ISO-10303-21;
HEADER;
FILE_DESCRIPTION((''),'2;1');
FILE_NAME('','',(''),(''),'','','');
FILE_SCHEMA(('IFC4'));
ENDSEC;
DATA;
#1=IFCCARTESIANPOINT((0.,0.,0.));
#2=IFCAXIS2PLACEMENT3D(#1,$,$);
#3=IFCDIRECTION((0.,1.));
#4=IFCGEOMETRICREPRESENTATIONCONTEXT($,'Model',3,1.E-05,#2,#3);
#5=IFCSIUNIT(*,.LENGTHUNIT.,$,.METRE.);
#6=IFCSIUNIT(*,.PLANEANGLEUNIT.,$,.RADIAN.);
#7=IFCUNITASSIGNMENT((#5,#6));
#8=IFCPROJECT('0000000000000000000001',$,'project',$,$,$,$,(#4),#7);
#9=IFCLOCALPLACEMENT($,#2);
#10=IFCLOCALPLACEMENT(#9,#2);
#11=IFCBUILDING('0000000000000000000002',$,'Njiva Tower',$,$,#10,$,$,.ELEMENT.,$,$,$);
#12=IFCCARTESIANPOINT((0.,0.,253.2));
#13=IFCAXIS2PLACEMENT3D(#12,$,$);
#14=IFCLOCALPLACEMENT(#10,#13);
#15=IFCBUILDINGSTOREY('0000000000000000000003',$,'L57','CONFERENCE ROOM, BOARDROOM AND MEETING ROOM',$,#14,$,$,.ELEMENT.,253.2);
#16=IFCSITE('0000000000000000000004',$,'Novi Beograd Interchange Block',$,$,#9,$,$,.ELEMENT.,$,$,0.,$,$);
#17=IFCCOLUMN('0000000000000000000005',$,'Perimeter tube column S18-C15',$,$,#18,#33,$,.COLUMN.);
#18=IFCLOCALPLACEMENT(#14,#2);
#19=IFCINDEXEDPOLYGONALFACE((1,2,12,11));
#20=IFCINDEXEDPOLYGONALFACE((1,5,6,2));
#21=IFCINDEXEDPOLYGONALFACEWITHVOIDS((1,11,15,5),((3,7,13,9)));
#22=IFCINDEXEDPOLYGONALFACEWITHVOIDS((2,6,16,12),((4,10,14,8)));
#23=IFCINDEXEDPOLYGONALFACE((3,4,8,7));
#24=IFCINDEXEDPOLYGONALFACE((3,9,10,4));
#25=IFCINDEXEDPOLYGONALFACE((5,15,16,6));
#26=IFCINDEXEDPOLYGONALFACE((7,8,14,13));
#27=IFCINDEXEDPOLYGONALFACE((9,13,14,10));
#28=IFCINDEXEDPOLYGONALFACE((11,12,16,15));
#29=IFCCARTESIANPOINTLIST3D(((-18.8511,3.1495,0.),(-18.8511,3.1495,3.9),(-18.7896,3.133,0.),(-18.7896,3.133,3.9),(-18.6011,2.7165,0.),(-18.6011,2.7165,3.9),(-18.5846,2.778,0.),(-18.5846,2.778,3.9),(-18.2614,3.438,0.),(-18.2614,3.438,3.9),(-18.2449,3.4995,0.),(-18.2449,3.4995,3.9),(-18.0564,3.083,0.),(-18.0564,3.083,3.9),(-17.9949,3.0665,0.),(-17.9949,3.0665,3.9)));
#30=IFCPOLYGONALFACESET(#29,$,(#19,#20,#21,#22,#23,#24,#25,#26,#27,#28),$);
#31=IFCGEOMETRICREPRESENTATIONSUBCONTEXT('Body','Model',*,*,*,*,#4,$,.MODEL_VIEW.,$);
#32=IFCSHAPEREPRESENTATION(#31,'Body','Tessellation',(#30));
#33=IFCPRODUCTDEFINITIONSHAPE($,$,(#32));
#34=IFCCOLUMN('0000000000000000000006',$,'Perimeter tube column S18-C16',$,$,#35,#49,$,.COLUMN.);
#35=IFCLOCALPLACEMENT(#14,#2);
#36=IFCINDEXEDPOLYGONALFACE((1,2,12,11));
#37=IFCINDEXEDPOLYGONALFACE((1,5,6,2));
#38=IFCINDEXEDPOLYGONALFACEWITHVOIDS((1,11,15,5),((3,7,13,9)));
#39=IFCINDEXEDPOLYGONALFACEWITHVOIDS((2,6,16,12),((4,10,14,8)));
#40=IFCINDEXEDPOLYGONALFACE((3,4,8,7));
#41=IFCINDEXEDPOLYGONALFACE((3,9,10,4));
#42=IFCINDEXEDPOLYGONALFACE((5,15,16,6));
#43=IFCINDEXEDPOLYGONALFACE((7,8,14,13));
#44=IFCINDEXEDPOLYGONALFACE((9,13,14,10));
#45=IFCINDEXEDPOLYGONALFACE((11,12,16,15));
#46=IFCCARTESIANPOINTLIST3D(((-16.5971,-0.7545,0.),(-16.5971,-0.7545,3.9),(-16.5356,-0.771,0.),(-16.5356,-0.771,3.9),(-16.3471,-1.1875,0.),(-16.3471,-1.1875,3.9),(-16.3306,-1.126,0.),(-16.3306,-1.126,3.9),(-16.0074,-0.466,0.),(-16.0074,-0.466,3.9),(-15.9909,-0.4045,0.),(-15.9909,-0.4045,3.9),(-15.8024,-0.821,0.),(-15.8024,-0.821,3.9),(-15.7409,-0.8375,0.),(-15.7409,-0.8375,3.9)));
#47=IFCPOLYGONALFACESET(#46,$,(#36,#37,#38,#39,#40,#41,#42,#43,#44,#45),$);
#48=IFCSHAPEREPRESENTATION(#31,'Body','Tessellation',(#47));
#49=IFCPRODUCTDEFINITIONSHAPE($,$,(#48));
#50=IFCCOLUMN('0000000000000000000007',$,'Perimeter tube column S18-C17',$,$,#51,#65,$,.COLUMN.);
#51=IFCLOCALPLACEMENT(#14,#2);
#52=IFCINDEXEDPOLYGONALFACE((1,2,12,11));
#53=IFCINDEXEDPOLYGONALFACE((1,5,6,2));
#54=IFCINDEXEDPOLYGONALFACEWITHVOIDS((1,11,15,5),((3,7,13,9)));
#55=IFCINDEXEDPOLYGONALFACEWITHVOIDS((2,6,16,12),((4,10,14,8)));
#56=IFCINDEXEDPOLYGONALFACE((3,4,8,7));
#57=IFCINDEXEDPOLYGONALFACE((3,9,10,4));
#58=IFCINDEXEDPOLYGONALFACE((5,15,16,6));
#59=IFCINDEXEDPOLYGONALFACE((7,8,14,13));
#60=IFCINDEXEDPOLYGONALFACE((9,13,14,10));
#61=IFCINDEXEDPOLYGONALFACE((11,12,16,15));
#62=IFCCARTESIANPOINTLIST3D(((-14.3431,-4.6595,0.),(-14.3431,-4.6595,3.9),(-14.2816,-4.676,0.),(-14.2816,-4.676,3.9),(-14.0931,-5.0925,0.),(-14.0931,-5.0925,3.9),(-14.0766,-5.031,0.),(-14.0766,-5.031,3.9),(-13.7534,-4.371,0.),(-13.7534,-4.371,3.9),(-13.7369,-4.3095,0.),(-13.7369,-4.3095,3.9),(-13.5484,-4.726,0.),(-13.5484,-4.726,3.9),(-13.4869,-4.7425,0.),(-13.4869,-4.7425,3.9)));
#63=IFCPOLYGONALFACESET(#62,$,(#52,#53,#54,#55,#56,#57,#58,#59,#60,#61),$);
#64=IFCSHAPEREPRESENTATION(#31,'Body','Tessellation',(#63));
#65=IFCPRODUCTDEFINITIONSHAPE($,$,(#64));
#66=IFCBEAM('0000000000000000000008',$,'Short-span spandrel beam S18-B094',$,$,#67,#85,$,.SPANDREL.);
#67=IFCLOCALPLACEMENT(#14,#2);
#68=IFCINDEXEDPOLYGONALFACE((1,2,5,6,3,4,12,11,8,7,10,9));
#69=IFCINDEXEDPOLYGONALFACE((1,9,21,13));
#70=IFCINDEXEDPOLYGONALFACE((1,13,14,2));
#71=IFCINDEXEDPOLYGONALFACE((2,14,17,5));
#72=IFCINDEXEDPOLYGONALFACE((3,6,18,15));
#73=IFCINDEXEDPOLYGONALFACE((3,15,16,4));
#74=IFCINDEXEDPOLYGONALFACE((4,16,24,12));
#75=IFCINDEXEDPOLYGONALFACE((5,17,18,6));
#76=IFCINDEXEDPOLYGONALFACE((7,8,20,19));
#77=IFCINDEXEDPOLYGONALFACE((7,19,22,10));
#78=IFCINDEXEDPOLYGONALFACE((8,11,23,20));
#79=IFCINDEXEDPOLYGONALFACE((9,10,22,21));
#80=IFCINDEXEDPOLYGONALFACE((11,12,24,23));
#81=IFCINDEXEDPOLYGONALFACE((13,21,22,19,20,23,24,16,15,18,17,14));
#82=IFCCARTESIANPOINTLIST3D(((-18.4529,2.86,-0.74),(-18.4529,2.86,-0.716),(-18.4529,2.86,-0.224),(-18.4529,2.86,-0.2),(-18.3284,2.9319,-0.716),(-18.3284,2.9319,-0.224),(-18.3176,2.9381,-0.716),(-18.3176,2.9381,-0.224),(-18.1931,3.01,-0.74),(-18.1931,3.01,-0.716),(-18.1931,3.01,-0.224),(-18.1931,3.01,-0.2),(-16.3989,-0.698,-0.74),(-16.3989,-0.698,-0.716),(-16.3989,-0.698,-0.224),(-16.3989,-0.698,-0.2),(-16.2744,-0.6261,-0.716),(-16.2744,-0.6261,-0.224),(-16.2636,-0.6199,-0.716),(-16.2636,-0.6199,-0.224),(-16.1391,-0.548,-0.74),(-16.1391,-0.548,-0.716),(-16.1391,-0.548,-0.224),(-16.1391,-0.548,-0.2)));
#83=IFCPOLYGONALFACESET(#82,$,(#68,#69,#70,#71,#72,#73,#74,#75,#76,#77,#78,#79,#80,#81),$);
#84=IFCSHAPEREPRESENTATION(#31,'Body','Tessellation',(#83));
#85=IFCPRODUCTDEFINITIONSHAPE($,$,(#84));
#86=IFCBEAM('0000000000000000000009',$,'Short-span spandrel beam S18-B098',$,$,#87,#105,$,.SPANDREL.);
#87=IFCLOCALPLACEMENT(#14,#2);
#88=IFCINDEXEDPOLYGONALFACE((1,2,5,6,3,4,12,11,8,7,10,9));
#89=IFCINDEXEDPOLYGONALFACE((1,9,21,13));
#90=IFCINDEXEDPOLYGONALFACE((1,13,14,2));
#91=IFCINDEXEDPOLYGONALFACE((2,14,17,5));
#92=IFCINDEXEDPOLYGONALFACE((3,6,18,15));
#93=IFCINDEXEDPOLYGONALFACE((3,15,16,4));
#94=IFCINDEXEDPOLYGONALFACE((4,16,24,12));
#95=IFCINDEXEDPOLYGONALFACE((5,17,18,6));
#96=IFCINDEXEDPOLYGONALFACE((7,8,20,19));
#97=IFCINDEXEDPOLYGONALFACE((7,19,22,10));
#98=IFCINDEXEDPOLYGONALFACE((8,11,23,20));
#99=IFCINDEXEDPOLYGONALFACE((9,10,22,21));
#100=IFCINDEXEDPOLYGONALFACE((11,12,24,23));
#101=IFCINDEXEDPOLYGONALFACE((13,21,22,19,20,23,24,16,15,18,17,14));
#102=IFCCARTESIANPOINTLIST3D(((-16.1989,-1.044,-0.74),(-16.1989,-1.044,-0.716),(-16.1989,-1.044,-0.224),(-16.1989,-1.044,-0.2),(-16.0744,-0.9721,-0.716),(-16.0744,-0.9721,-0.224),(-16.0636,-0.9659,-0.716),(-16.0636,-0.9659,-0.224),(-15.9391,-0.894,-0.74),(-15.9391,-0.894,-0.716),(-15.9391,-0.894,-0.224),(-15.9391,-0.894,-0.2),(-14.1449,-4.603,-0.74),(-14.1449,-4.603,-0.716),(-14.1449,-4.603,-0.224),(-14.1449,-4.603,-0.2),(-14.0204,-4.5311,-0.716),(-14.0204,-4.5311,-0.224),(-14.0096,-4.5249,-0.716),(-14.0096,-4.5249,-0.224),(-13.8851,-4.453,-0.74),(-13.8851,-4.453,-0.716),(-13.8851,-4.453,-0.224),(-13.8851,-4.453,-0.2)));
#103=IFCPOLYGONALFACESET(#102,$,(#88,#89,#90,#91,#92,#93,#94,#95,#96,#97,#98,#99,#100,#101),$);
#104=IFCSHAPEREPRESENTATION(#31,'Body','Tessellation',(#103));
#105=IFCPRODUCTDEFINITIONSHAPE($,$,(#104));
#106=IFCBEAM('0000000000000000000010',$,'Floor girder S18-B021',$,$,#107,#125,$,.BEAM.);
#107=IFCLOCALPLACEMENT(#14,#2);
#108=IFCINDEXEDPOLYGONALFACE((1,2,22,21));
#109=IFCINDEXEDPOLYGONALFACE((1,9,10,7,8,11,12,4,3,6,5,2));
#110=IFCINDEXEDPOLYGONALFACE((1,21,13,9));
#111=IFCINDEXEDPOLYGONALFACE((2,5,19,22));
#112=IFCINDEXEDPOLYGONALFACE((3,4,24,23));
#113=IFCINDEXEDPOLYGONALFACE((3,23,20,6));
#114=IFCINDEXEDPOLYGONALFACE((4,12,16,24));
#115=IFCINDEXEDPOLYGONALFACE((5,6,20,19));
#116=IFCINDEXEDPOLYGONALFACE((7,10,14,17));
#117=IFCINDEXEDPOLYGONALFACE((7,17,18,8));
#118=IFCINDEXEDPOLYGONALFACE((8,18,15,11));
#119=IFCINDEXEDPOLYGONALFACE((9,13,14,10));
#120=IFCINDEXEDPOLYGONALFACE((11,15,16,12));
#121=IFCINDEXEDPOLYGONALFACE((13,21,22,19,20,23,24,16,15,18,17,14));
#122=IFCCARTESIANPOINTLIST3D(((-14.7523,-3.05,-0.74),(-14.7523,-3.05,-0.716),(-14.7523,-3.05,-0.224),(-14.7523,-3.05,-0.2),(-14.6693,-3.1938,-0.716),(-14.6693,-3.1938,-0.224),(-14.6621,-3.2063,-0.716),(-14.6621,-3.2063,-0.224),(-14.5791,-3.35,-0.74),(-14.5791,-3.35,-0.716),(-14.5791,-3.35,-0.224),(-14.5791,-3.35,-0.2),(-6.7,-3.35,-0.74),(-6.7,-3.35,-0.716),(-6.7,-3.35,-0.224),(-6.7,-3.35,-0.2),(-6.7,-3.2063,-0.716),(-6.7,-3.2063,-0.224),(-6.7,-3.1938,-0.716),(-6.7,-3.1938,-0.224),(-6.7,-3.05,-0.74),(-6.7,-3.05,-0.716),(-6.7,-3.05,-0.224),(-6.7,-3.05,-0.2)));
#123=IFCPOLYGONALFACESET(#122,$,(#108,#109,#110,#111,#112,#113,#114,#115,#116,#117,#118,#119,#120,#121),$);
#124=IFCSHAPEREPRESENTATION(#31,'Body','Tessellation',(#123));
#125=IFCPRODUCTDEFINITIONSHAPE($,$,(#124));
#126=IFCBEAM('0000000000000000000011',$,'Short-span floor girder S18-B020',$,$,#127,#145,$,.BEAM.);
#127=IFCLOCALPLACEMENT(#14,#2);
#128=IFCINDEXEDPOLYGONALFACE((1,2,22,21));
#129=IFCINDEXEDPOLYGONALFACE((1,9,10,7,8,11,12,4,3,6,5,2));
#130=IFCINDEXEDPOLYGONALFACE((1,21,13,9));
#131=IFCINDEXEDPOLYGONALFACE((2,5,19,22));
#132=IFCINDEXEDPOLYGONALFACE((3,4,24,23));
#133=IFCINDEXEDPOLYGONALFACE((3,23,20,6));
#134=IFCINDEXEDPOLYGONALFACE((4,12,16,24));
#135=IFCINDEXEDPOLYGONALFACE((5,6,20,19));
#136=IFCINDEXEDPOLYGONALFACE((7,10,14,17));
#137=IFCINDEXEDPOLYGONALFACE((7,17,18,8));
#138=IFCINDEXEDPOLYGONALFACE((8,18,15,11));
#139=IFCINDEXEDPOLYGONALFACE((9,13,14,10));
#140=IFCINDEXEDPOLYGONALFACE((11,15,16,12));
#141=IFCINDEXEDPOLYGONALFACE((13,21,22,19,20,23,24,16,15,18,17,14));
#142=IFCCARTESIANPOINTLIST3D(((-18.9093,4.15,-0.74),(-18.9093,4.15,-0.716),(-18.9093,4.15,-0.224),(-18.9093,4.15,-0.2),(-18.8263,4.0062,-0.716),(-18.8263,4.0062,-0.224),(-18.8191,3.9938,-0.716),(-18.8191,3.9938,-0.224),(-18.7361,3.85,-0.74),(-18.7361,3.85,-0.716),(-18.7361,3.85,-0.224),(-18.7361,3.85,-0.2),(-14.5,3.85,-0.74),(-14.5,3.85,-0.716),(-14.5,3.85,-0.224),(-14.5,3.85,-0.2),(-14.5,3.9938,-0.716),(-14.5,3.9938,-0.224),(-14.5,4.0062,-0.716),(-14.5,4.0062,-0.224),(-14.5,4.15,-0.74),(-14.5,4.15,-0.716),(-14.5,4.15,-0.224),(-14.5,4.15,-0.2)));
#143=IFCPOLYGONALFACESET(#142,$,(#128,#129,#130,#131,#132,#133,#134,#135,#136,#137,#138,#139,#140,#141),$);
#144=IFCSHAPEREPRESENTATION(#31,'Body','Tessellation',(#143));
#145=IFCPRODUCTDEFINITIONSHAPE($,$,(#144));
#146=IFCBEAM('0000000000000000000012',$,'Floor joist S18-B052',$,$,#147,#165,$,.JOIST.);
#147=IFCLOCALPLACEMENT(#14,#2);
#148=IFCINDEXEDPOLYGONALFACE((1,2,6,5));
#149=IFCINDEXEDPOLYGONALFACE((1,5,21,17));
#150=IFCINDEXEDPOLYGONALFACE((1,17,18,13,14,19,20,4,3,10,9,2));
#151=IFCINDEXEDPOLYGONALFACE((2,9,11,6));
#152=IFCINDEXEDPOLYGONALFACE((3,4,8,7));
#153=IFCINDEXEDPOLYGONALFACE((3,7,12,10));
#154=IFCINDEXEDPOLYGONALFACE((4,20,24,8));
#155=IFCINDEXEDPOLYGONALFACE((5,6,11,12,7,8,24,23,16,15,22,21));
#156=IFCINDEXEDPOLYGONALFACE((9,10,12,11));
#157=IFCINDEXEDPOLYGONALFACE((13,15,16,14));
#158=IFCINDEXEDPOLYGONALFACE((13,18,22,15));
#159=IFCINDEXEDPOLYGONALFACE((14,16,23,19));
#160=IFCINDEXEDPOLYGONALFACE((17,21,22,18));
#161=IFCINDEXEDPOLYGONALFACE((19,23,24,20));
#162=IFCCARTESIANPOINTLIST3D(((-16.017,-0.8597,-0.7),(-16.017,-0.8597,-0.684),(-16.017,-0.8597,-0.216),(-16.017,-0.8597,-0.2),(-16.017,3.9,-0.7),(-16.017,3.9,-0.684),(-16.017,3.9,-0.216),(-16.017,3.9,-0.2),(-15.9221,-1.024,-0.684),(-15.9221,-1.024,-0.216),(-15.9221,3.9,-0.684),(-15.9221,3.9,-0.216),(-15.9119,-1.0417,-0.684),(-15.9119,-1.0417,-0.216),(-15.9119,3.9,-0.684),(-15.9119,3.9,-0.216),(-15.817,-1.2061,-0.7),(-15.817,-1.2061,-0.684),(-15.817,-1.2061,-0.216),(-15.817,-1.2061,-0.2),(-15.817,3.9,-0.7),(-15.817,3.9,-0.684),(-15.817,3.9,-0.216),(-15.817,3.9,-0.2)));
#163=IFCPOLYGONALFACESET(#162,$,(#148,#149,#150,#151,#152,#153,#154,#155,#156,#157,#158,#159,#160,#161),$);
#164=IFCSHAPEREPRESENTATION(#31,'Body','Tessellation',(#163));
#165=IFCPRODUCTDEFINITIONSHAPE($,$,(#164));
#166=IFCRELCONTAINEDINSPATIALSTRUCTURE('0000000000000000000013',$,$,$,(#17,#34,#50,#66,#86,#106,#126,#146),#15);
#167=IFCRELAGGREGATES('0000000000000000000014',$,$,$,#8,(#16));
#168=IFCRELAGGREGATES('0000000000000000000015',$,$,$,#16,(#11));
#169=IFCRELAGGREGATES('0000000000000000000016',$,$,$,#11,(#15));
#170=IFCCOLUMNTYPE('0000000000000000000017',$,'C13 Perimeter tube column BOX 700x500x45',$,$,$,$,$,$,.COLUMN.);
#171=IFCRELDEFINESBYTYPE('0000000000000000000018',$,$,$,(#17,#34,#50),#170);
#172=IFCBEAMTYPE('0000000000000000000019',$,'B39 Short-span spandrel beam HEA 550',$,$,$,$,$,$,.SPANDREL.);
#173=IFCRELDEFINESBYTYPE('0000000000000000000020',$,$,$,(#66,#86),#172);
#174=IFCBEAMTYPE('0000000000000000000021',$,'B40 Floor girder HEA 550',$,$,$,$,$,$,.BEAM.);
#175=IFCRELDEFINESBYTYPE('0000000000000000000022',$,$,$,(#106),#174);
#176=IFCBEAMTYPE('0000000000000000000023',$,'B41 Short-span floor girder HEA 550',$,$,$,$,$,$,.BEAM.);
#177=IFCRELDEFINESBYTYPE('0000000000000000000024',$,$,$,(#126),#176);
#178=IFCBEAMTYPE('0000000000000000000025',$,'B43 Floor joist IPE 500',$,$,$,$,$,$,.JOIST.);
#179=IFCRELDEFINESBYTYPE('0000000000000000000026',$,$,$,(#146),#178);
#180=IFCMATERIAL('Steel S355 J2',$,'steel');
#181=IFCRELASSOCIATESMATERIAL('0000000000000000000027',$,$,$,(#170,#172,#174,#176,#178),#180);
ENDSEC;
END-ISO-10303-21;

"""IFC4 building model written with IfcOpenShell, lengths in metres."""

from ifc_helpers import new_model, si_unit, direction, frame, origin, origin_2d, place, context, subcontext, project, spatial, hollow_rectangle, i_section, extrude, clip, halfspace, material, material_profile, profile_set, type_object, element, save


model = new_model("IFC4")

# Units and contexts
model_context = context("Model", 3, precision=1e-05, world=origin(), true_north=direction((0.0, 1.0)))
body_context = subcontext(model_context, "Body", "Model", "MODEL_VIEW")
ifc_project = project(units=[si_unit("LENGTHUNIT", "METRE"), si_unit("PLANEANGLEUNIT", "RADIAN")], contexts=[model_context])

# Site, building, storey
site_placement = place(None, origin())
site = spatial("IfcSite", under=ifc_project, at=site_placement, Name="Novi Beograd Interchange Block", CompositionType="ELEMENT", RefElevation=0.0)
building_placement = place(site_placement, origin())
building = spatial("IfcBuilding", under=site, at=building_placement, Name="Njiva Tower", CompositionType="ELEMENT")
storey_placement = place(building_placement, frame((0.0, 0.0, 253.2)))
storey = spatial("IfcBuildingStorey", under=building, at=storey_placement, Name="L57", Description="CONFERENCE ROOM, BOARDROOM AND MEETING ROOM", CompositionType="ELEMENT", Elevation=253.2)

# Columns
ifc_material_1 = material(Name="Steel S355 J2", Category="steel")
ifc_material_profile_1 = material_profile(ifc_material_1, hollow_rectangle(XDim=0.5, YDim=0.7, WallThickness=0.045, at=origin_2d()), Name="BOX 700x500x45")
ifc_profile_set_1 = profile_set([ifc_material_profile_1], Name="Steel S355 J2")
column_type = type_object("IfcColumnType", Name="C13 Perimeter tube column BOX 700x500x45", PredefinedType="COLUMN", material=ifc_profile_set_1)
for number, where, z_axis, x_axis, name in (
    (1, (-18.423, 3.108, 0.0), (0.0, 0.0, 1.0), (0.5, -0.866025, 0.0), "Perimeter tube column S18-C15"),
    (2, (-16.169, -0.796, 0.0), (0.0, 0.0, 1.0), (0.5, -0.866025, 0.0), "Perimeter tube column S18-C16"),
    (3, (-13.915, -4.701, 0.0), (0.0, 0.0, 1.0), (0.5, -0.866025, 0.0), "Perimeter tube column S18-C17"),
):
    element("IfcColumn", number, at=place(storey_placement, frame(where, z_axis=z_axis, x_axis=x_axis)), inside=storey, type_object=column_type, Name=name, PredefinedType="COLUMN", context=body_context, shape_type="SweptSolid", body=[
        extrude(hollow_rectangle(XDim=0.5, YDim=0.7, WallThickness=0.045, at=origin_2d()), origin(), (0.0, 0.0, 1.0), 3.9),
    ])

# Beams
ifc_material_profile_2 = material_profile(ifc_material_1, i_section(OverallWidth=0.3, OverallDepth=0.54, WebThickness=0.0125, FlangeThickness=0.024, at=origin_2d()), Name="HEA 550")
ifc_profile_set_2 = profile_set([ifc_material_profile_2], Name="Steel S355 J2")
beam_type_1 = type_object("IfcBeamType", Name="B39 Short-span spandrel beam HEA 550", PredefinedType="SPANDREL", material=ifc_profile_set_2)
beam_1_placement = place(storey_placement, frame((-18.323, 2.935, -0.47), z_axis=(0.499961, -0.866048, 0.0), x_axis=(0.866048, 0.499961, 0.0)))
element("IfcBeam", 4, at=beam_1_placement, inside=storey, type_object=beam_type_1, Name="Short-span spandrel beam S18-B094", PredefinedType="SPANDREL", context=body_context, shape_type="SweptSolid", body=[
    extrude(i_section(OverallWidth=0.3, OverallDepth=0.54, WebThickness=0.0125, FlangeThickness=0.024, at=origin_2d()), origin(), (0.0, 0.0, 1.0), 4.1083),
])
beam_2_placement = place(storey_placement, frame((-16.069, -0.969, -0.47), z_axis=(0.499856, -0.866109, 0.0), x_axis=(0.866109, 0.499856, 0.0)))
element("IfcBeam", 5, at=beam_2_placement, inside=storey, type_object=beam_type_1, Name="Short-span spandrel beam S18-B098", PredefinedType="SPANDREL", context=body_context, shape_type="SweptSolid", body=[
    extrude(i_section(OverallWidth=0.3, OverallDepth=0.54, WebThickness=0.0125, FlangeThickness=0.024, at=origin_2d()), origin(), (0.0, 0.0, 1.0), 4.1092),
])
ifc_material_profile_3 = material_profile(ifc_material_1, i_section(OverallWidth=0.3, OverallDepth=0.54, WebThickness=0.0125, FlangeThickness=0.024, at=origin_2d()), Name="HEA 550")
ifc_profile_set_3 = profile_set([ifc_material_profile_3], Name="Steel S355 J2")
beam_type_2 = type_object("IfcBeamType", Name="B40 Floor girder HEA 550", PredefinedType="BEAM", material=ifc_profile_set_3)
beam_3_placement = place(storey_placement, frame((-14.773, -3.2, -0.47), z_axis=(1.0, 0.0, 0.0), x_axis=(0.0, 1.0, 0.0)))
element("IfcBeam", 6, at=beam_3_placement, inside=storey, type_object=beam_type_2, Name="Floor girder S18-B021", PredefinedType="BEAM", context=body_context, shape_type="Clipping", body=[
    clip(extrude(i_section(OverallWidth=0.3, OverallDepth=0.54, WebThickness=0.0125, FlangeThickness=0.024, at=origin_2d()), origin(), (0.0, 0.0, 1.0), 8.073), halfspace(frame((-0.025, 0.0, 0.1217), z_axis=(-0.499998, 0.0, -0.866027), x_axis=(0.0, -1.0, 0.0)), False)),
])
ifc_material_profile_4 = material_profile(ifc_material_1, i_section(OverallWidth=0.3, OverallDepth=0.54, WebThickness=0.0125, FlangeThickness=0.024, at=origin_2d()), Name="HEA 550")
ifc_profile_set_4 = profile_set([ifc_material_profile_4], Name="Steel S355 J2")
beam_type_3 = type_object("IfcBeamType", Name="B41 Short-span floor girder HEA 550", PredefinedType="BEAM", material=ifc_profile_set_4)
beam_4_placement = place(storey_placement, frame((-18.93, 4.0, -0.47), z_axis=(1.0, 0.0, 0.0), x_axis=(0.0, 1.0, 0.0)))
element("IfcBeam", 7, at=beam_4_placement, inside=storey, type_object=beam_type_3, Name="Short-span floor girder S18-B020", PredefinedType="BEAM", context=body_context, shape_type="Clipping", body=[
    clip(extrude(i_section(OverallWidth=0.3, OverallDepth=0.54, WebThickness=0.0125, FlangeThickness=0.024, at=origin_2d()), origin(), (0.0, 0.0, 1.0), 4.43), halfspace(frame((-0.025, 0.0, 0.1217), z_axis=(-0.499998, 0.0, -0.866027), x_axis=(0.0, -1.0, 0.0)), False)),
])
ifc_material_profile_5 = material_profile(ifc_material_1, i_section(OverallWidth=0.2, OverallDepth=0.5, WebThickness=0.0102, FlangeThickness=0.016, at=origin_2d()), Name="IPE 500")
ifc_profile_set_5 = profile_set([ifc_material_profile_5], Name="Steel S355 J2")
beam_type_4 = type_object("IfcBeamType", Name="B43 Floor joist IPE 500", PredefinedType="JOIST", material=ifc_profile_set_5)
beam_5_placement = place(storey_placement, frame((-15.917, 3.9, -0.45), z_axis=(0.0, -1.0, 0.0), x_axis=(1.0, 0.0, 0.0)))
element("IfcBeam", 8, at=beam_5_placement, inside=storey, type_object=beam_type_4, Name="Floor joist S18-B052", PredefinedType="JOIST", context=body_context, shape_type="Clipping", body=[
    clip(extrude(i_section(OverallWidth=0.2, OverallDepth=0.5, WebThickness=0.0102, FlangeThickness=0.016, at=origin_2d()), origin(), (0.0, 0.0, 1.0), 5.126), halfspace(frame((-0.043, 0.0, 4.8584), z_axis=(-0.866027, 0.0, 0.499998), x_axis=(0.0, 1.0, 0.0)), False)),
])

save(model, "model.ifc")
